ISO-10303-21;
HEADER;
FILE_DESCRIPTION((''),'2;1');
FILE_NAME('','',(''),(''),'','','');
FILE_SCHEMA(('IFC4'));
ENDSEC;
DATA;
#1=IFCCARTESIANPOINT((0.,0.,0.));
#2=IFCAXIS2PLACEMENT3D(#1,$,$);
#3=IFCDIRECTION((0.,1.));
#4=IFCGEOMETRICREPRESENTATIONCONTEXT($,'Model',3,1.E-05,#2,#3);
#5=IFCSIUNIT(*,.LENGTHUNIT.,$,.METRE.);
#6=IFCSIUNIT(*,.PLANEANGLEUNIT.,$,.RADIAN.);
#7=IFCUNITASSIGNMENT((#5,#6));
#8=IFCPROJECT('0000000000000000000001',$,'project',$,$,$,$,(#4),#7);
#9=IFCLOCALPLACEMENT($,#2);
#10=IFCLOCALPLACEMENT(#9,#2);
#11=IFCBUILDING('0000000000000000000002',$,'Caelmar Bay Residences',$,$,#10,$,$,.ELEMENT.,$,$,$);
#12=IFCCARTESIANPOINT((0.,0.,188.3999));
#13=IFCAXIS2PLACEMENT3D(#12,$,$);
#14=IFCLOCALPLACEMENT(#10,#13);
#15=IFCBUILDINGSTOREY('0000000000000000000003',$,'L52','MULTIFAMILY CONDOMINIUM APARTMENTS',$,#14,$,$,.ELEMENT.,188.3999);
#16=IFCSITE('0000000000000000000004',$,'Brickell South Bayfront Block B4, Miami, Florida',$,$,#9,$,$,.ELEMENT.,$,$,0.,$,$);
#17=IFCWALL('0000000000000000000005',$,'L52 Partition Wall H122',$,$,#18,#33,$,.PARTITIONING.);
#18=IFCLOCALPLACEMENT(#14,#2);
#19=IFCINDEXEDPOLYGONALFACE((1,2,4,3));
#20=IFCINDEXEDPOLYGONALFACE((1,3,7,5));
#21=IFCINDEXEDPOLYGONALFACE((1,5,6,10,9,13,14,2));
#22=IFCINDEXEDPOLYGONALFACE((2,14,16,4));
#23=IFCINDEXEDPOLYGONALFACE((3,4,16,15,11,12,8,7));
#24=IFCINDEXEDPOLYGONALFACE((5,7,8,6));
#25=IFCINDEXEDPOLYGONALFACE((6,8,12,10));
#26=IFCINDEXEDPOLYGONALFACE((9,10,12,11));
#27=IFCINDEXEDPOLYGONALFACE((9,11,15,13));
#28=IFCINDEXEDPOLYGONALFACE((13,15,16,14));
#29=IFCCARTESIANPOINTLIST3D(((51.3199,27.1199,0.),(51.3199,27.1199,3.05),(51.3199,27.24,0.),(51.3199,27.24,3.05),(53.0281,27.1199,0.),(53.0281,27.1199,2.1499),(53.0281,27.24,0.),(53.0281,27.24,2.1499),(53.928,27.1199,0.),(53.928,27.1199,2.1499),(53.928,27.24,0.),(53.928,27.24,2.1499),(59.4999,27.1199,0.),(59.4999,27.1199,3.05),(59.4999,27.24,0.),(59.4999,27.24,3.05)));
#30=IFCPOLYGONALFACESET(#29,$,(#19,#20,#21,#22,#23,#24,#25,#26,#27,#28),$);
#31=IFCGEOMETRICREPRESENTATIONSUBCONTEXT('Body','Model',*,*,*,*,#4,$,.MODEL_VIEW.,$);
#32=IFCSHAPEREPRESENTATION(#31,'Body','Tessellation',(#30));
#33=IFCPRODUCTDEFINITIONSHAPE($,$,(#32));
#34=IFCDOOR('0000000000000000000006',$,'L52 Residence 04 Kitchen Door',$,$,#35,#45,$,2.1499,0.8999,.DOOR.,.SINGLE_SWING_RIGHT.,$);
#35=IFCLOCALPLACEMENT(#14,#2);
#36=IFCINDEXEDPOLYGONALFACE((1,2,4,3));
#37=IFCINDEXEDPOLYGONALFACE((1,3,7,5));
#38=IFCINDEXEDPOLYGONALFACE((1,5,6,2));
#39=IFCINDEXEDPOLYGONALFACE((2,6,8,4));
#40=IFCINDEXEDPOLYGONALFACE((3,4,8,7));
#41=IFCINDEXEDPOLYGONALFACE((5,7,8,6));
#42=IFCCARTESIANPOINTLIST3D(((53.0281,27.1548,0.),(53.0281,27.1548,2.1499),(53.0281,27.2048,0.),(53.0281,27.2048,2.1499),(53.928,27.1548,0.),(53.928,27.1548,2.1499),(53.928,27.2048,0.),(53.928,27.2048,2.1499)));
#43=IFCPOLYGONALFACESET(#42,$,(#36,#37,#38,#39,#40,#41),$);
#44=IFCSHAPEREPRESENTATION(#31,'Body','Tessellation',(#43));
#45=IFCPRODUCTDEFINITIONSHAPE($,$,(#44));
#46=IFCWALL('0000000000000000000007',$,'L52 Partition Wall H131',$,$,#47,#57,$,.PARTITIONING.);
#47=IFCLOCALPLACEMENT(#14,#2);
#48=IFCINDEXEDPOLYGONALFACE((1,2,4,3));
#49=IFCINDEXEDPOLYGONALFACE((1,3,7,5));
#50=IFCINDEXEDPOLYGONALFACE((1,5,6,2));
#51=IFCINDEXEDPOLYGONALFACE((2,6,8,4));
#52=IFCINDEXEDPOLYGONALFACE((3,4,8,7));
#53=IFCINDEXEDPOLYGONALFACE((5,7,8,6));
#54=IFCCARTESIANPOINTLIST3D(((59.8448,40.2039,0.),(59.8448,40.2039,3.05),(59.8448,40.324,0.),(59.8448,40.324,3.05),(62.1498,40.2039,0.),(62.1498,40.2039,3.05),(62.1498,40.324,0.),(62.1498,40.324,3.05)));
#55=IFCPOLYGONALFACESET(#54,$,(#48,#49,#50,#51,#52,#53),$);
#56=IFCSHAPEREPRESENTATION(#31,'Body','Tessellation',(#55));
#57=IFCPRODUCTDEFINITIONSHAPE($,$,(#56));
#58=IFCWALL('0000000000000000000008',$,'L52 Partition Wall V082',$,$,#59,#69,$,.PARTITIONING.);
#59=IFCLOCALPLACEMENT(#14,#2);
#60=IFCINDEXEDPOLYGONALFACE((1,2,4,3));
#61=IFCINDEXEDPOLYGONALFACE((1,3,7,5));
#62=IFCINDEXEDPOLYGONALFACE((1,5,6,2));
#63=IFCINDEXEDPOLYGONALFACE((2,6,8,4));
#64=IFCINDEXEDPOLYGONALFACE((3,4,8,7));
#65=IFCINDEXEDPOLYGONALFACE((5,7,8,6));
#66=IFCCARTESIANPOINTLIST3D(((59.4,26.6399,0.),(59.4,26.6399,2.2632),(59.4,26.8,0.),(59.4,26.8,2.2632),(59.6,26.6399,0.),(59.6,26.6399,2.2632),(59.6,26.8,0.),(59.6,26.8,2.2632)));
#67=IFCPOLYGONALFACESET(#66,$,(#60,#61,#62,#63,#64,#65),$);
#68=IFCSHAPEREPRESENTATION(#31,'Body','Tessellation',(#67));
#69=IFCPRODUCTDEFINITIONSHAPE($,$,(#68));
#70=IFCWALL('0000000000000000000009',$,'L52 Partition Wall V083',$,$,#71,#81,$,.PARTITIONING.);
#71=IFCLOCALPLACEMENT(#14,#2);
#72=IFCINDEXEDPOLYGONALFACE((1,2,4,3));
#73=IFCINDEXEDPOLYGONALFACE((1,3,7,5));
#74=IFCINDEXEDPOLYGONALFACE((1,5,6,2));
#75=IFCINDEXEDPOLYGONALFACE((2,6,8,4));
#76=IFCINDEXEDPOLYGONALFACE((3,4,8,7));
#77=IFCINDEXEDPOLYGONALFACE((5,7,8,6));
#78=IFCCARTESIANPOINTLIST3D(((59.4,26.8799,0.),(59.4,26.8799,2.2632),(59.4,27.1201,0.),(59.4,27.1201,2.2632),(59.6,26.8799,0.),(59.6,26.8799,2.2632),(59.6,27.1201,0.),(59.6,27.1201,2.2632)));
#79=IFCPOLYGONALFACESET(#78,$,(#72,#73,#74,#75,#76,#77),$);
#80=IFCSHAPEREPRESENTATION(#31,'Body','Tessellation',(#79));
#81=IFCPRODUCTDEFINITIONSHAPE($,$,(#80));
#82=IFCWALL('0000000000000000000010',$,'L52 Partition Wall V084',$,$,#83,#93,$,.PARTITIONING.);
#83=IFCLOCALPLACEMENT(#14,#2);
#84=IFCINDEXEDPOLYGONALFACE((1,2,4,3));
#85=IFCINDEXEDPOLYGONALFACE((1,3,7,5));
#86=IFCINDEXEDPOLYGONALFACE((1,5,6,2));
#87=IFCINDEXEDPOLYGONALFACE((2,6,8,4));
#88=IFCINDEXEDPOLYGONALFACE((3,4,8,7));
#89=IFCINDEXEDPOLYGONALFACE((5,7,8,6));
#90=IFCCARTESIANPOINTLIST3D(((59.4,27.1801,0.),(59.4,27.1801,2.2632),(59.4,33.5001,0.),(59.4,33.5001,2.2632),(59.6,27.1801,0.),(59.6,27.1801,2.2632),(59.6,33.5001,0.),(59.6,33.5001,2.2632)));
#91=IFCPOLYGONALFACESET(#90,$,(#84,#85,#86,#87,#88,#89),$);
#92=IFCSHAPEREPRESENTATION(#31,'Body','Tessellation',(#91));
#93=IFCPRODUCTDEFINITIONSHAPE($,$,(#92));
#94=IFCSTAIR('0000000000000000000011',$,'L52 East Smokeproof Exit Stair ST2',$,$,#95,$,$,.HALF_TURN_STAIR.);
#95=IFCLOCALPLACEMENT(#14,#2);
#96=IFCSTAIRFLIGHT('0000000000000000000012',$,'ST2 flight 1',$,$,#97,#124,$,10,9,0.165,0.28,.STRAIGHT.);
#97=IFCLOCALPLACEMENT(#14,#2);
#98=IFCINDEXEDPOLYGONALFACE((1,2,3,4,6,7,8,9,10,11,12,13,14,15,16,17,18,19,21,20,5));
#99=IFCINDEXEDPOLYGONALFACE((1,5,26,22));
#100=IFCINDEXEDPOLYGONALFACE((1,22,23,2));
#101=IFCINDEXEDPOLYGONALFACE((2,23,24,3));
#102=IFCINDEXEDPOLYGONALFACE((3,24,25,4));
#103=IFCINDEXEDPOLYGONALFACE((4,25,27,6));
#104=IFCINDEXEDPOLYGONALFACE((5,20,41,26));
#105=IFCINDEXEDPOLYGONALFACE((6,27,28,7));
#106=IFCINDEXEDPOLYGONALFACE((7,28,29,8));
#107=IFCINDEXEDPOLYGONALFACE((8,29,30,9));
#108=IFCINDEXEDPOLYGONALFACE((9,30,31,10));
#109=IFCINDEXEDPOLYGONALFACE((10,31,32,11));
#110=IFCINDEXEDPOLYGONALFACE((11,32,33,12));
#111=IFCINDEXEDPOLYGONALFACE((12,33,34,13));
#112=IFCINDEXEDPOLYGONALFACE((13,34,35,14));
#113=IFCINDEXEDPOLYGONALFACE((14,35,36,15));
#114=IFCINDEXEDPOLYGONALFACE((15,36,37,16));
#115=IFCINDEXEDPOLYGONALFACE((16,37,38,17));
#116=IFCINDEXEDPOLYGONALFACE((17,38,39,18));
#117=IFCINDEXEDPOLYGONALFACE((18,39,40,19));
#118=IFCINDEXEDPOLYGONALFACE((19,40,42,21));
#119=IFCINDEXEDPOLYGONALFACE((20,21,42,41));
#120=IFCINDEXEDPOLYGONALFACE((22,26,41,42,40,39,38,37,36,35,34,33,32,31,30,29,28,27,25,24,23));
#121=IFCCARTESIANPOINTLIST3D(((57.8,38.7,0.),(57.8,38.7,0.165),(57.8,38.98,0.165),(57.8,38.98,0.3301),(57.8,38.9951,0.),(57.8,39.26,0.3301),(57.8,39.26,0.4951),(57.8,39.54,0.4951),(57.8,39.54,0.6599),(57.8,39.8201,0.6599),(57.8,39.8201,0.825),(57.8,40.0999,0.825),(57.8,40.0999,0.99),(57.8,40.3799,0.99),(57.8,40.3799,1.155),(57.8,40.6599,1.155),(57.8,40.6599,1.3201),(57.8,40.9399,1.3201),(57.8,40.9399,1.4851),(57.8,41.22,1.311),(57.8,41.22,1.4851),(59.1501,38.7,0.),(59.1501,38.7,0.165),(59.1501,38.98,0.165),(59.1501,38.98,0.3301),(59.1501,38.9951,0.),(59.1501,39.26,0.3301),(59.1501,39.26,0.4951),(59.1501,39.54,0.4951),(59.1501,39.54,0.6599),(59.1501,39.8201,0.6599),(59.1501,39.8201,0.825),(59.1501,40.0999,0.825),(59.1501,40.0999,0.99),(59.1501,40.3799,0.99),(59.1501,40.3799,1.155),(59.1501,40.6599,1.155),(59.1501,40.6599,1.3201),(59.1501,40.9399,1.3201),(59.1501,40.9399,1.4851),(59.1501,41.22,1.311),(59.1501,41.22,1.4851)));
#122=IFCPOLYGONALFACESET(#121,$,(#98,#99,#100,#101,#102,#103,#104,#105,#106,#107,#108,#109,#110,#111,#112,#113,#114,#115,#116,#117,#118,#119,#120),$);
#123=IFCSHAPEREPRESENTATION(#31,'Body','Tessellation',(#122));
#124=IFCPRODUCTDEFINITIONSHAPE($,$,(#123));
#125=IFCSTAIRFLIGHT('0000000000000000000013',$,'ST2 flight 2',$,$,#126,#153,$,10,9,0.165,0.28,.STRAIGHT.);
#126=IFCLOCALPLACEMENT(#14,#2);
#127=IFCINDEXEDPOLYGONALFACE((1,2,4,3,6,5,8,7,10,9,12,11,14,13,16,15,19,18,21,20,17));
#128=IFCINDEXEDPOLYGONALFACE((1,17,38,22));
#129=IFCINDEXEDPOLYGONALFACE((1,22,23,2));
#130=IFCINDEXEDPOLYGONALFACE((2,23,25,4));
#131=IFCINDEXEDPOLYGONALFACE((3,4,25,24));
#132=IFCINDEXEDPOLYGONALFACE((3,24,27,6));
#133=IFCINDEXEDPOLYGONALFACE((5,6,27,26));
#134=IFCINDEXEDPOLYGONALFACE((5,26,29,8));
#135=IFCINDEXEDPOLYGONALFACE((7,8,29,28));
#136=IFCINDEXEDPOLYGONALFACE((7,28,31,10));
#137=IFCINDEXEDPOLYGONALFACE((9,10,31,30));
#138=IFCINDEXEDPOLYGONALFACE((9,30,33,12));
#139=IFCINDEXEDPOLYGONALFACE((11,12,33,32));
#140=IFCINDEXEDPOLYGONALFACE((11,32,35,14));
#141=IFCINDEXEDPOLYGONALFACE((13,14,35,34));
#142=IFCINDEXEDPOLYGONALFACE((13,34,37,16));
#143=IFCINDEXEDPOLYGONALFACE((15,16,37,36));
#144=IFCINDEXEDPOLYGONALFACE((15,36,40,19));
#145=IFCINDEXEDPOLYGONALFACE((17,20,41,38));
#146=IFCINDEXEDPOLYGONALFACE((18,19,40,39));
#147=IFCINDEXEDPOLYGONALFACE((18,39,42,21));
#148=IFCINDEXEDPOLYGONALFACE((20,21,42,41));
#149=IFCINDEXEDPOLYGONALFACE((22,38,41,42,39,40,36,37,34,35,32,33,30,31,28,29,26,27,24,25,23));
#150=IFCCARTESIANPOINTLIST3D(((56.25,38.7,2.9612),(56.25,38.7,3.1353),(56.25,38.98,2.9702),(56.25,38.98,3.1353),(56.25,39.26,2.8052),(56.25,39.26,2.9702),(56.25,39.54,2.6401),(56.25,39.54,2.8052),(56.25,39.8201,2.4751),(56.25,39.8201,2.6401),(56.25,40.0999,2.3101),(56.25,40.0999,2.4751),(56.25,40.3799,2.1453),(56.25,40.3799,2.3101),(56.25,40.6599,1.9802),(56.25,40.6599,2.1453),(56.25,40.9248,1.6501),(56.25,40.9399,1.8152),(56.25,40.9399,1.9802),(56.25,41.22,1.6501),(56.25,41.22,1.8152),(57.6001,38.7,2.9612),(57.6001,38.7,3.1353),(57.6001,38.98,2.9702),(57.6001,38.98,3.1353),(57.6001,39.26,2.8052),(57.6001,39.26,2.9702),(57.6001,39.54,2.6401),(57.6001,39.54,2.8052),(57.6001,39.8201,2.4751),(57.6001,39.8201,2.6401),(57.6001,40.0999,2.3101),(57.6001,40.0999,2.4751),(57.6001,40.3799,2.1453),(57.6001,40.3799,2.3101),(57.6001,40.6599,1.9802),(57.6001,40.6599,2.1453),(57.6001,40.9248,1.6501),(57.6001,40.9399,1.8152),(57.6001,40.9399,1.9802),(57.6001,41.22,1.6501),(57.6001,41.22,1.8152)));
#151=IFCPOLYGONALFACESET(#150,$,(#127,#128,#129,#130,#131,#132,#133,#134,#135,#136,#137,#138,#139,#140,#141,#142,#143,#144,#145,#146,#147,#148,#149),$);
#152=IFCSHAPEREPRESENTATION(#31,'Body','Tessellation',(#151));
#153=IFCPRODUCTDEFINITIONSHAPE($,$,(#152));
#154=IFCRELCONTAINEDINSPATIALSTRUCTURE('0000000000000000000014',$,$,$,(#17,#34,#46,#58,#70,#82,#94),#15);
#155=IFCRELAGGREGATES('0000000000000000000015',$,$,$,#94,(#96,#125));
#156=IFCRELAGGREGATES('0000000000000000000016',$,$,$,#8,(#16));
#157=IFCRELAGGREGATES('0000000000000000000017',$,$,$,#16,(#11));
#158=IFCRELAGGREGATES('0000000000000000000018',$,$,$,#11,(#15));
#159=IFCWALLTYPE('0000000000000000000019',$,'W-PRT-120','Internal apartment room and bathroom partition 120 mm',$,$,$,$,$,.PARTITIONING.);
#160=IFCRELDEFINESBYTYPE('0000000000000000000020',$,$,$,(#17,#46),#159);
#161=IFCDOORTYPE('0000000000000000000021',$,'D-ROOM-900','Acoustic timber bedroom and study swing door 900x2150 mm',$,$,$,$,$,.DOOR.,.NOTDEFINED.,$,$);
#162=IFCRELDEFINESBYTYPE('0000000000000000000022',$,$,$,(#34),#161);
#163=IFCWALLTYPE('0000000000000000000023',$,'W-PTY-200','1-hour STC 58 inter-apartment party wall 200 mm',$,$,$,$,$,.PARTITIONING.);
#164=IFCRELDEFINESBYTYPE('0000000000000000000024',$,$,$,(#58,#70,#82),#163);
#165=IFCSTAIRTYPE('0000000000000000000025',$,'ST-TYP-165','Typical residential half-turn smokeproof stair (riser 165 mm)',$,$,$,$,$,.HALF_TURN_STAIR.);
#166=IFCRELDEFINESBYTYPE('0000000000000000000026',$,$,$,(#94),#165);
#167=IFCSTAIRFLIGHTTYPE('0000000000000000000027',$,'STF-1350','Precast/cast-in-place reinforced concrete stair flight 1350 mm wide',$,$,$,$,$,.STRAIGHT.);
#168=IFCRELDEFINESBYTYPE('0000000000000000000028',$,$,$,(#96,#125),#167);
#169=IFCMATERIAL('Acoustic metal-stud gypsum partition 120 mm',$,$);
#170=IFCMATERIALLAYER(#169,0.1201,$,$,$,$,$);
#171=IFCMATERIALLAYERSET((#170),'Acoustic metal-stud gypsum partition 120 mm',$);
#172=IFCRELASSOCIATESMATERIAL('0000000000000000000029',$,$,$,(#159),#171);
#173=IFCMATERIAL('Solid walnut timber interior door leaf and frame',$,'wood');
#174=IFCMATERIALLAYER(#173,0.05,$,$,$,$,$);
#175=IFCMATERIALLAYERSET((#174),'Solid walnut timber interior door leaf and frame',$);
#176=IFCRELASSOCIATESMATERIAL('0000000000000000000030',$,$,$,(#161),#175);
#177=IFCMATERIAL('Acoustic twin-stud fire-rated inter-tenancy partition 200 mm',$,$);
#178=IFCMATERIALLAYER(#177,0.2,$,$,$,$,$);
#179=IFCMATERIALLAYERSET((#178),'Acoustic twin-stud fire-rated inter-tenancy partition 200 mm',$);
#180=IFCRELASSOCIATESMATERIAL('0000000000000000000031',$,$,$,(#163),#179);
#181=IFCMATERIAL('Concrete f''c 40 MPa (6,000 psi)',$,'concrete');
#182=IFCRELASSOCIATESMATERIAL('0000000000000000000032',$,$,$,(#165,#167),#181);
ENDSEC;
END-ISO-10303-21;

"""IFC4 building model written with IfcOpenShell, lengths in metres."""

from ifc_helpers import new_model, si_unit, direction, frame, frame_2d, origin, place, context, subcontext, project, spatial, polyline, rectangle, outline, extrude, material, layer, layer_set, type_object, element, fill, aggregate, save


model = new_model("IFC4")

# Units and contexts
model_context = context("Model", 3, precision=1e-05, world=origin(), true_north=direction((0.0, 1.0)))
body_context = subcontext(model_context, "Body", "Model", "MODEL_VIEW")
ifc_project = project(units=[si_unit("LENGTHUNIT", "METRE"), si_unit("PLANEANGLEUNIT", "RADIAN")], contexts=[model_context])

# Site, building, storey
site_placement = place(None, origin())
site = spatial("IfcSite", under=ifc_project, at=site_placement, Name="Brickell South Bayfront Block B4, Miami, Florida", CompositionType="ELEMENT", RefElevation=0.0)
building_placement = place(site_placement, origin())
building = spatial("IfcBuilding", under=site, at=building_placement, Name="Caelmar Bay Residences", CompositionType="ELEMENT")
storey_placement = place(building_placement, frame((0.0, 0.0, 188.3999)))
storey = spatial("IfcBuildingStorey", under=building, at=storey_placement, Name="L52", Description="MULTIFAMILY CONDOMINIUM APARTMENTS", CompositionType="ELEMENT", Elevation=188.3999)

# Shared definitions
ifc_material_1 = material(Name="Acoustic metal-stud gypsum partition 120 mm")
ifc_layer_1 = layer(ifc_material_1, 0.1201)
ifc_layer_set_1 = layer_set([ifc_layer_1], Name="Acoustic metal-stud gypsum partition 120 mm")
wall_type_1 = type_object("IfcWallType", Name="W-PRT-120", Description="Internal apartment room and bathroom partition 120 mm", PredefinedType="PARTITIONING", material=ifc_layer_set_1)

# Wall, opening, door
ifc_material_2 = material(Name="Solid walnut timber interior door leaf and frame", Category="wood")
ifc_layer_2 = layer(ifc_material_2, 0.05)
ifc_layer_set_2 = layer_set([ifc_layer_2], Name="Solid walnut timber interior door leaf and frame")
door_type_1 = type_object("IfcDoorType", Name="D-ROOM-900", Description="Acoustic timber bedroom and study swing door 900x2150 mm", OperationType="NOTDEFINED", PredefinedType="DOOR", material=ifc_layer_set_2)
wall_1_placement = place(storey_placement, frame((51.3201, 27.1799, 0.0), z_axis=(0.0, 0.0, 1.0), x_axis=(1.0, 0.0, 0.0)))
wall_1 = element("IfcWall", 1, at=wall_1_placement, inside=storey, type_object=wall_type_1, Name="L52 Partition Wall H122", PredefinedType="PARTITIONING", context=body_context, shape_type="SweptSolid", body=[
    extrude(rectangle(XDim=8.1799, YDim=0.1201, at=frame_2d((4.0898, 0.0))), origin(), (0.0, 0.0, 1.0), 3.05),
])
opening_1_placement = place(wall_1_placement, frame((1.708, 0.0, 0.0)))
opening_1 = element("IfcOpeningElement", 2, at=opening_1_placement, cuts=wall_1, PredefinedType="OPENING", context=body_context, shape_type="SweptSolid", body=[
    extrude(rectangle(XDim=0.8999, YDim=2.1499, at=frame_2d((0.45, 1.075))), frame((0.0, 0.0701, 0.0), z_axis=(0.0, -1.0, 0.0), x_axis=(1.0, 0.0, 0.0)), (0.0, 0.0, 1.0), 0.1401),
])
door_1_placement = place(opening_1_placement, origin())
door_1 = element("IfcDoor", 3, at=door_1_placement, inside=storey, type_object=door_type_1, Name="L52 Residence 04 Kitchen Door", OperationType="SINGLE_SWING_RIGHT", OverallHeight=2.1499, OverallWidth=0.8999, PredefinedType="DOOR", context=body_context, shape_type="SweptSolid", body=[
    extrude(rectangle(XDim=0.8999, YDim=2.1499, at=frame_2d((0.45, 1.075))), frame((0.0, 0.0249, 0.0), z_axis=(0.0, -1.0, 0.0), x_axis=(1.0, 0.0, 0.0)), (0.0, 0.0, 1.0), 0.05),
])
fill(opening_1, door_1)

# Walls
wall_2_placement = place(storey_placement, frame((59.845, 40.2639, 0.0), z_axis=(0.0, 0.0, 1.0), x_axis=(1.0, 0.0, 0.0)))
element("IfcWall", 4, at=wall_2_placement, inside=storey, type_object=wall_type_1, Name="L52 Partition Wall H131", PredefinedType="PARTITIONING", context=body_context, shape_type="SweptSolid", body=[
    extrude(rectangle(XDim=2.3049, YDim=0.1201, at=frame_2d((1.1523, 0.0))), origin(), (0.0, 0.0, 1.0), 3.05),
])
ifc_material_3 = material(Name="Acoustic twin-stud fire-rated inter-tenancy partition 200 mm")
ifc_layer_3 = layer(ifc_material_3, 0.2)
ifc_layer_set_3 = layer_set([ifc_layer_3], Name="Acoustic twin-stud fire-rated inter-tenancy partition 200 mm")
wall_type_2 = type_object("IfcWallType", Name="W-PTY-200", Description="1-hour STC 58 inter-apartment party wall 200 mm", PredefinedType="PARTITIONING", material=ifc_layer_set_3)
wall_3_placement = place(storey_placement, frame((59.5, 26.6399, 0.0), z_axis=(0.0, 0.0, 1.0), x_axis=(0.0, 1.0, 0.0)))
element("IfcWall", 5, at=wall_3_placement, inside=storey, type_object=wall_type_2, Name="L52 Partition Wall V082", PredefinedType="PARTITIONING", context=body_context, shape_type="SweptSolid", body=[
    extrude(rectangle(XDim=0.1602, YDim=0.2, at=frame_2d((0.0801, 0.0))), origin(), (0.0, 0.0, 1.0), 2.2632),
])
wall_4_placement = place(storey_placement, frame((59.5, 26.8799, 0.0), z_axis=(0.0, 0.0, 1.0), x_axis=(0.0, 1.0, 0.0)))
element("IfcWall", 6, at=wall_4_placement, inside=storey, type_object=wall_type_2, Name="L52 Partition Wall V083", PredefinedType="PARTITIONING", context=body_context, shape_type="SweptSolid", body=[
    extrude(rectangle(XDim=0.2402, YDim=0.2, at=frame_2d((0.1201, 0.0))), origin(), (0.0, 0.0, 1.0), 2.2632),
])
wall_5_placement = place(storey_placement, frame((59.5, 27.1799, 0.0), z_axis=(0.0, 0.0, 1.0), x_axis=(0.0, 1.0, 0.0)))
element("IfcWall", 7, at=wall_5_placement, inside=storey, type_object=wall_type_2, Name="L52 Partition Wall V084", PredefinedType="PARTITIONING", context=body_context, shape_type="SweptSolid", body=[
    extrude(rectangle(XDim=6.3201, YDim=0.2, at=frame_2d((3.1602, 0.0))), origin(), (0.0, 0.0, 1.0), 2.2632),
])

# Stair, stair flights
ifc_material_4 = material(Name="Concrete f'c 40 MPa (6,000 psi)", Category="concrete")
stair_type = type_object("IfcStairType", Name="ST-TYP-165", Description="Typical residential half-turn smokeproof stair (riser 165 mm)", PredefinedType="HALF_TURN_STAIR", material=ifc_material_4)
stair_placement = place(storey_placement, origin())
stair = element("IfcStair", 8, at=stair_placement, inside=storey, type_object=stair_type, Name="L52 East Smokeproof Exit Stair ST2", PredefinedType="HALF_TURN_STAIR")
stair_flight_type = type_object("IfcStairFlightType", Name="STF-1350", Description="Precast/cast-in-place reinforced concrete stair flight 1350 mm wide", PredefinedType="STRAIGHT", material=ifc_material_4)
stair_flight_1_placement = place(storey_placement, frame((58.4751, 38.7, 0.0), z_axis=(0.0, 0.0, 1.0), x_axis=(0.0, 1.0, 0.0)))
stair_flight_1 = element("IfcStairFlight", 9, at=stair_flight_1_placement, type_object=stair_flight_type, Name="ST2 flight 1", NumberOfRisers=10, NumberOfTreads=9, PredefinedType="STRAIGHT", RiserHeight=0.165, TreadLength=0.28, context=body_context, shape_type="SweptSolid", body=[
    extrude(outline(polyline([(0.0, 0.0), (0.0, 0.165), (0.28, 0.165), (0.28, 0.3301), (0.5601, 0.3301), (0.5601, 0.4951), (0.8401, 0.4951), (0.8401, 0.6599), (1.1201, 0.6599), (1.1201, 0.825), (1.3999, 0.825), (1.3999, 0.99), (1.6799, 0.99), (1.6799, 1.155), (1.96, 1.155), (1.96, 1.3201), (2.24, 1.3201), (2.24, 1.4851), (2.52, 1.4851), (2.52, 1.6499), (2.52, 1.311), (0.2952, 0.0), (0.0, 0.0)])), frame((0.0, 0.675, 0.0), z_axis=(0.0, -1.0, 0.0), x_axis=(1.0, 0.0, 0.0)), (0.0, 0.0, 1.0), 1.3501),
])
stair_flight_2_placement = place(storey_placement, frame((56.925, 41.22, 1.6501), z_axis=(0.0, 0.0, 1.0), x_axis=(0.0, -1.0, 0.0)))
stair_flight_2 = element("IfcStairFlight", 10, at=stair_flight_2_placement, type_object=stair_flight_type, Name="ST2 flight 2", NumberOfRisers=10, NumberOfTreads=9, PredefinedType="STRAIGHT", RiserHeight=0.165, TreadLength=0.28, context=body_context, shape_type="SweptSolid", body=[
    extrude(outline(polyline([(0.0, 0.0), (0.0, 0.165), (0.28, 0.165), (0.28, 0.3301), (0.5601, 0.3301), (0.5601, 0.4951), (0.8401, 0.4951), (0.8401, 0.6599), (1.1201, 0.6599), (1.1201, 0.825), (1.3999, 0.825), (1.3999, 0.99), (1.6799, 0.99), (1.6799, 1.155), (1.96, 1.155), (1.96, 1.3201), (2.24, 1.3201), (2.24, 1.4851), (2.52, 1.4851), (2.52, 1.6499), (2.52, 1.311), (0.2952, 0.0), (0.0, 0.0)])), frame((0.0, 0.675, 0.0), z_axis=(0.0, -1.0, 0.0), x_axis=(1.0, 0.0, 0.0)), (0.0, 0.0, 1.0), 1.3501),
])
aggregate(stair, [stair_flight_1, stair_flight_2])

save(model, "model.ifc")
